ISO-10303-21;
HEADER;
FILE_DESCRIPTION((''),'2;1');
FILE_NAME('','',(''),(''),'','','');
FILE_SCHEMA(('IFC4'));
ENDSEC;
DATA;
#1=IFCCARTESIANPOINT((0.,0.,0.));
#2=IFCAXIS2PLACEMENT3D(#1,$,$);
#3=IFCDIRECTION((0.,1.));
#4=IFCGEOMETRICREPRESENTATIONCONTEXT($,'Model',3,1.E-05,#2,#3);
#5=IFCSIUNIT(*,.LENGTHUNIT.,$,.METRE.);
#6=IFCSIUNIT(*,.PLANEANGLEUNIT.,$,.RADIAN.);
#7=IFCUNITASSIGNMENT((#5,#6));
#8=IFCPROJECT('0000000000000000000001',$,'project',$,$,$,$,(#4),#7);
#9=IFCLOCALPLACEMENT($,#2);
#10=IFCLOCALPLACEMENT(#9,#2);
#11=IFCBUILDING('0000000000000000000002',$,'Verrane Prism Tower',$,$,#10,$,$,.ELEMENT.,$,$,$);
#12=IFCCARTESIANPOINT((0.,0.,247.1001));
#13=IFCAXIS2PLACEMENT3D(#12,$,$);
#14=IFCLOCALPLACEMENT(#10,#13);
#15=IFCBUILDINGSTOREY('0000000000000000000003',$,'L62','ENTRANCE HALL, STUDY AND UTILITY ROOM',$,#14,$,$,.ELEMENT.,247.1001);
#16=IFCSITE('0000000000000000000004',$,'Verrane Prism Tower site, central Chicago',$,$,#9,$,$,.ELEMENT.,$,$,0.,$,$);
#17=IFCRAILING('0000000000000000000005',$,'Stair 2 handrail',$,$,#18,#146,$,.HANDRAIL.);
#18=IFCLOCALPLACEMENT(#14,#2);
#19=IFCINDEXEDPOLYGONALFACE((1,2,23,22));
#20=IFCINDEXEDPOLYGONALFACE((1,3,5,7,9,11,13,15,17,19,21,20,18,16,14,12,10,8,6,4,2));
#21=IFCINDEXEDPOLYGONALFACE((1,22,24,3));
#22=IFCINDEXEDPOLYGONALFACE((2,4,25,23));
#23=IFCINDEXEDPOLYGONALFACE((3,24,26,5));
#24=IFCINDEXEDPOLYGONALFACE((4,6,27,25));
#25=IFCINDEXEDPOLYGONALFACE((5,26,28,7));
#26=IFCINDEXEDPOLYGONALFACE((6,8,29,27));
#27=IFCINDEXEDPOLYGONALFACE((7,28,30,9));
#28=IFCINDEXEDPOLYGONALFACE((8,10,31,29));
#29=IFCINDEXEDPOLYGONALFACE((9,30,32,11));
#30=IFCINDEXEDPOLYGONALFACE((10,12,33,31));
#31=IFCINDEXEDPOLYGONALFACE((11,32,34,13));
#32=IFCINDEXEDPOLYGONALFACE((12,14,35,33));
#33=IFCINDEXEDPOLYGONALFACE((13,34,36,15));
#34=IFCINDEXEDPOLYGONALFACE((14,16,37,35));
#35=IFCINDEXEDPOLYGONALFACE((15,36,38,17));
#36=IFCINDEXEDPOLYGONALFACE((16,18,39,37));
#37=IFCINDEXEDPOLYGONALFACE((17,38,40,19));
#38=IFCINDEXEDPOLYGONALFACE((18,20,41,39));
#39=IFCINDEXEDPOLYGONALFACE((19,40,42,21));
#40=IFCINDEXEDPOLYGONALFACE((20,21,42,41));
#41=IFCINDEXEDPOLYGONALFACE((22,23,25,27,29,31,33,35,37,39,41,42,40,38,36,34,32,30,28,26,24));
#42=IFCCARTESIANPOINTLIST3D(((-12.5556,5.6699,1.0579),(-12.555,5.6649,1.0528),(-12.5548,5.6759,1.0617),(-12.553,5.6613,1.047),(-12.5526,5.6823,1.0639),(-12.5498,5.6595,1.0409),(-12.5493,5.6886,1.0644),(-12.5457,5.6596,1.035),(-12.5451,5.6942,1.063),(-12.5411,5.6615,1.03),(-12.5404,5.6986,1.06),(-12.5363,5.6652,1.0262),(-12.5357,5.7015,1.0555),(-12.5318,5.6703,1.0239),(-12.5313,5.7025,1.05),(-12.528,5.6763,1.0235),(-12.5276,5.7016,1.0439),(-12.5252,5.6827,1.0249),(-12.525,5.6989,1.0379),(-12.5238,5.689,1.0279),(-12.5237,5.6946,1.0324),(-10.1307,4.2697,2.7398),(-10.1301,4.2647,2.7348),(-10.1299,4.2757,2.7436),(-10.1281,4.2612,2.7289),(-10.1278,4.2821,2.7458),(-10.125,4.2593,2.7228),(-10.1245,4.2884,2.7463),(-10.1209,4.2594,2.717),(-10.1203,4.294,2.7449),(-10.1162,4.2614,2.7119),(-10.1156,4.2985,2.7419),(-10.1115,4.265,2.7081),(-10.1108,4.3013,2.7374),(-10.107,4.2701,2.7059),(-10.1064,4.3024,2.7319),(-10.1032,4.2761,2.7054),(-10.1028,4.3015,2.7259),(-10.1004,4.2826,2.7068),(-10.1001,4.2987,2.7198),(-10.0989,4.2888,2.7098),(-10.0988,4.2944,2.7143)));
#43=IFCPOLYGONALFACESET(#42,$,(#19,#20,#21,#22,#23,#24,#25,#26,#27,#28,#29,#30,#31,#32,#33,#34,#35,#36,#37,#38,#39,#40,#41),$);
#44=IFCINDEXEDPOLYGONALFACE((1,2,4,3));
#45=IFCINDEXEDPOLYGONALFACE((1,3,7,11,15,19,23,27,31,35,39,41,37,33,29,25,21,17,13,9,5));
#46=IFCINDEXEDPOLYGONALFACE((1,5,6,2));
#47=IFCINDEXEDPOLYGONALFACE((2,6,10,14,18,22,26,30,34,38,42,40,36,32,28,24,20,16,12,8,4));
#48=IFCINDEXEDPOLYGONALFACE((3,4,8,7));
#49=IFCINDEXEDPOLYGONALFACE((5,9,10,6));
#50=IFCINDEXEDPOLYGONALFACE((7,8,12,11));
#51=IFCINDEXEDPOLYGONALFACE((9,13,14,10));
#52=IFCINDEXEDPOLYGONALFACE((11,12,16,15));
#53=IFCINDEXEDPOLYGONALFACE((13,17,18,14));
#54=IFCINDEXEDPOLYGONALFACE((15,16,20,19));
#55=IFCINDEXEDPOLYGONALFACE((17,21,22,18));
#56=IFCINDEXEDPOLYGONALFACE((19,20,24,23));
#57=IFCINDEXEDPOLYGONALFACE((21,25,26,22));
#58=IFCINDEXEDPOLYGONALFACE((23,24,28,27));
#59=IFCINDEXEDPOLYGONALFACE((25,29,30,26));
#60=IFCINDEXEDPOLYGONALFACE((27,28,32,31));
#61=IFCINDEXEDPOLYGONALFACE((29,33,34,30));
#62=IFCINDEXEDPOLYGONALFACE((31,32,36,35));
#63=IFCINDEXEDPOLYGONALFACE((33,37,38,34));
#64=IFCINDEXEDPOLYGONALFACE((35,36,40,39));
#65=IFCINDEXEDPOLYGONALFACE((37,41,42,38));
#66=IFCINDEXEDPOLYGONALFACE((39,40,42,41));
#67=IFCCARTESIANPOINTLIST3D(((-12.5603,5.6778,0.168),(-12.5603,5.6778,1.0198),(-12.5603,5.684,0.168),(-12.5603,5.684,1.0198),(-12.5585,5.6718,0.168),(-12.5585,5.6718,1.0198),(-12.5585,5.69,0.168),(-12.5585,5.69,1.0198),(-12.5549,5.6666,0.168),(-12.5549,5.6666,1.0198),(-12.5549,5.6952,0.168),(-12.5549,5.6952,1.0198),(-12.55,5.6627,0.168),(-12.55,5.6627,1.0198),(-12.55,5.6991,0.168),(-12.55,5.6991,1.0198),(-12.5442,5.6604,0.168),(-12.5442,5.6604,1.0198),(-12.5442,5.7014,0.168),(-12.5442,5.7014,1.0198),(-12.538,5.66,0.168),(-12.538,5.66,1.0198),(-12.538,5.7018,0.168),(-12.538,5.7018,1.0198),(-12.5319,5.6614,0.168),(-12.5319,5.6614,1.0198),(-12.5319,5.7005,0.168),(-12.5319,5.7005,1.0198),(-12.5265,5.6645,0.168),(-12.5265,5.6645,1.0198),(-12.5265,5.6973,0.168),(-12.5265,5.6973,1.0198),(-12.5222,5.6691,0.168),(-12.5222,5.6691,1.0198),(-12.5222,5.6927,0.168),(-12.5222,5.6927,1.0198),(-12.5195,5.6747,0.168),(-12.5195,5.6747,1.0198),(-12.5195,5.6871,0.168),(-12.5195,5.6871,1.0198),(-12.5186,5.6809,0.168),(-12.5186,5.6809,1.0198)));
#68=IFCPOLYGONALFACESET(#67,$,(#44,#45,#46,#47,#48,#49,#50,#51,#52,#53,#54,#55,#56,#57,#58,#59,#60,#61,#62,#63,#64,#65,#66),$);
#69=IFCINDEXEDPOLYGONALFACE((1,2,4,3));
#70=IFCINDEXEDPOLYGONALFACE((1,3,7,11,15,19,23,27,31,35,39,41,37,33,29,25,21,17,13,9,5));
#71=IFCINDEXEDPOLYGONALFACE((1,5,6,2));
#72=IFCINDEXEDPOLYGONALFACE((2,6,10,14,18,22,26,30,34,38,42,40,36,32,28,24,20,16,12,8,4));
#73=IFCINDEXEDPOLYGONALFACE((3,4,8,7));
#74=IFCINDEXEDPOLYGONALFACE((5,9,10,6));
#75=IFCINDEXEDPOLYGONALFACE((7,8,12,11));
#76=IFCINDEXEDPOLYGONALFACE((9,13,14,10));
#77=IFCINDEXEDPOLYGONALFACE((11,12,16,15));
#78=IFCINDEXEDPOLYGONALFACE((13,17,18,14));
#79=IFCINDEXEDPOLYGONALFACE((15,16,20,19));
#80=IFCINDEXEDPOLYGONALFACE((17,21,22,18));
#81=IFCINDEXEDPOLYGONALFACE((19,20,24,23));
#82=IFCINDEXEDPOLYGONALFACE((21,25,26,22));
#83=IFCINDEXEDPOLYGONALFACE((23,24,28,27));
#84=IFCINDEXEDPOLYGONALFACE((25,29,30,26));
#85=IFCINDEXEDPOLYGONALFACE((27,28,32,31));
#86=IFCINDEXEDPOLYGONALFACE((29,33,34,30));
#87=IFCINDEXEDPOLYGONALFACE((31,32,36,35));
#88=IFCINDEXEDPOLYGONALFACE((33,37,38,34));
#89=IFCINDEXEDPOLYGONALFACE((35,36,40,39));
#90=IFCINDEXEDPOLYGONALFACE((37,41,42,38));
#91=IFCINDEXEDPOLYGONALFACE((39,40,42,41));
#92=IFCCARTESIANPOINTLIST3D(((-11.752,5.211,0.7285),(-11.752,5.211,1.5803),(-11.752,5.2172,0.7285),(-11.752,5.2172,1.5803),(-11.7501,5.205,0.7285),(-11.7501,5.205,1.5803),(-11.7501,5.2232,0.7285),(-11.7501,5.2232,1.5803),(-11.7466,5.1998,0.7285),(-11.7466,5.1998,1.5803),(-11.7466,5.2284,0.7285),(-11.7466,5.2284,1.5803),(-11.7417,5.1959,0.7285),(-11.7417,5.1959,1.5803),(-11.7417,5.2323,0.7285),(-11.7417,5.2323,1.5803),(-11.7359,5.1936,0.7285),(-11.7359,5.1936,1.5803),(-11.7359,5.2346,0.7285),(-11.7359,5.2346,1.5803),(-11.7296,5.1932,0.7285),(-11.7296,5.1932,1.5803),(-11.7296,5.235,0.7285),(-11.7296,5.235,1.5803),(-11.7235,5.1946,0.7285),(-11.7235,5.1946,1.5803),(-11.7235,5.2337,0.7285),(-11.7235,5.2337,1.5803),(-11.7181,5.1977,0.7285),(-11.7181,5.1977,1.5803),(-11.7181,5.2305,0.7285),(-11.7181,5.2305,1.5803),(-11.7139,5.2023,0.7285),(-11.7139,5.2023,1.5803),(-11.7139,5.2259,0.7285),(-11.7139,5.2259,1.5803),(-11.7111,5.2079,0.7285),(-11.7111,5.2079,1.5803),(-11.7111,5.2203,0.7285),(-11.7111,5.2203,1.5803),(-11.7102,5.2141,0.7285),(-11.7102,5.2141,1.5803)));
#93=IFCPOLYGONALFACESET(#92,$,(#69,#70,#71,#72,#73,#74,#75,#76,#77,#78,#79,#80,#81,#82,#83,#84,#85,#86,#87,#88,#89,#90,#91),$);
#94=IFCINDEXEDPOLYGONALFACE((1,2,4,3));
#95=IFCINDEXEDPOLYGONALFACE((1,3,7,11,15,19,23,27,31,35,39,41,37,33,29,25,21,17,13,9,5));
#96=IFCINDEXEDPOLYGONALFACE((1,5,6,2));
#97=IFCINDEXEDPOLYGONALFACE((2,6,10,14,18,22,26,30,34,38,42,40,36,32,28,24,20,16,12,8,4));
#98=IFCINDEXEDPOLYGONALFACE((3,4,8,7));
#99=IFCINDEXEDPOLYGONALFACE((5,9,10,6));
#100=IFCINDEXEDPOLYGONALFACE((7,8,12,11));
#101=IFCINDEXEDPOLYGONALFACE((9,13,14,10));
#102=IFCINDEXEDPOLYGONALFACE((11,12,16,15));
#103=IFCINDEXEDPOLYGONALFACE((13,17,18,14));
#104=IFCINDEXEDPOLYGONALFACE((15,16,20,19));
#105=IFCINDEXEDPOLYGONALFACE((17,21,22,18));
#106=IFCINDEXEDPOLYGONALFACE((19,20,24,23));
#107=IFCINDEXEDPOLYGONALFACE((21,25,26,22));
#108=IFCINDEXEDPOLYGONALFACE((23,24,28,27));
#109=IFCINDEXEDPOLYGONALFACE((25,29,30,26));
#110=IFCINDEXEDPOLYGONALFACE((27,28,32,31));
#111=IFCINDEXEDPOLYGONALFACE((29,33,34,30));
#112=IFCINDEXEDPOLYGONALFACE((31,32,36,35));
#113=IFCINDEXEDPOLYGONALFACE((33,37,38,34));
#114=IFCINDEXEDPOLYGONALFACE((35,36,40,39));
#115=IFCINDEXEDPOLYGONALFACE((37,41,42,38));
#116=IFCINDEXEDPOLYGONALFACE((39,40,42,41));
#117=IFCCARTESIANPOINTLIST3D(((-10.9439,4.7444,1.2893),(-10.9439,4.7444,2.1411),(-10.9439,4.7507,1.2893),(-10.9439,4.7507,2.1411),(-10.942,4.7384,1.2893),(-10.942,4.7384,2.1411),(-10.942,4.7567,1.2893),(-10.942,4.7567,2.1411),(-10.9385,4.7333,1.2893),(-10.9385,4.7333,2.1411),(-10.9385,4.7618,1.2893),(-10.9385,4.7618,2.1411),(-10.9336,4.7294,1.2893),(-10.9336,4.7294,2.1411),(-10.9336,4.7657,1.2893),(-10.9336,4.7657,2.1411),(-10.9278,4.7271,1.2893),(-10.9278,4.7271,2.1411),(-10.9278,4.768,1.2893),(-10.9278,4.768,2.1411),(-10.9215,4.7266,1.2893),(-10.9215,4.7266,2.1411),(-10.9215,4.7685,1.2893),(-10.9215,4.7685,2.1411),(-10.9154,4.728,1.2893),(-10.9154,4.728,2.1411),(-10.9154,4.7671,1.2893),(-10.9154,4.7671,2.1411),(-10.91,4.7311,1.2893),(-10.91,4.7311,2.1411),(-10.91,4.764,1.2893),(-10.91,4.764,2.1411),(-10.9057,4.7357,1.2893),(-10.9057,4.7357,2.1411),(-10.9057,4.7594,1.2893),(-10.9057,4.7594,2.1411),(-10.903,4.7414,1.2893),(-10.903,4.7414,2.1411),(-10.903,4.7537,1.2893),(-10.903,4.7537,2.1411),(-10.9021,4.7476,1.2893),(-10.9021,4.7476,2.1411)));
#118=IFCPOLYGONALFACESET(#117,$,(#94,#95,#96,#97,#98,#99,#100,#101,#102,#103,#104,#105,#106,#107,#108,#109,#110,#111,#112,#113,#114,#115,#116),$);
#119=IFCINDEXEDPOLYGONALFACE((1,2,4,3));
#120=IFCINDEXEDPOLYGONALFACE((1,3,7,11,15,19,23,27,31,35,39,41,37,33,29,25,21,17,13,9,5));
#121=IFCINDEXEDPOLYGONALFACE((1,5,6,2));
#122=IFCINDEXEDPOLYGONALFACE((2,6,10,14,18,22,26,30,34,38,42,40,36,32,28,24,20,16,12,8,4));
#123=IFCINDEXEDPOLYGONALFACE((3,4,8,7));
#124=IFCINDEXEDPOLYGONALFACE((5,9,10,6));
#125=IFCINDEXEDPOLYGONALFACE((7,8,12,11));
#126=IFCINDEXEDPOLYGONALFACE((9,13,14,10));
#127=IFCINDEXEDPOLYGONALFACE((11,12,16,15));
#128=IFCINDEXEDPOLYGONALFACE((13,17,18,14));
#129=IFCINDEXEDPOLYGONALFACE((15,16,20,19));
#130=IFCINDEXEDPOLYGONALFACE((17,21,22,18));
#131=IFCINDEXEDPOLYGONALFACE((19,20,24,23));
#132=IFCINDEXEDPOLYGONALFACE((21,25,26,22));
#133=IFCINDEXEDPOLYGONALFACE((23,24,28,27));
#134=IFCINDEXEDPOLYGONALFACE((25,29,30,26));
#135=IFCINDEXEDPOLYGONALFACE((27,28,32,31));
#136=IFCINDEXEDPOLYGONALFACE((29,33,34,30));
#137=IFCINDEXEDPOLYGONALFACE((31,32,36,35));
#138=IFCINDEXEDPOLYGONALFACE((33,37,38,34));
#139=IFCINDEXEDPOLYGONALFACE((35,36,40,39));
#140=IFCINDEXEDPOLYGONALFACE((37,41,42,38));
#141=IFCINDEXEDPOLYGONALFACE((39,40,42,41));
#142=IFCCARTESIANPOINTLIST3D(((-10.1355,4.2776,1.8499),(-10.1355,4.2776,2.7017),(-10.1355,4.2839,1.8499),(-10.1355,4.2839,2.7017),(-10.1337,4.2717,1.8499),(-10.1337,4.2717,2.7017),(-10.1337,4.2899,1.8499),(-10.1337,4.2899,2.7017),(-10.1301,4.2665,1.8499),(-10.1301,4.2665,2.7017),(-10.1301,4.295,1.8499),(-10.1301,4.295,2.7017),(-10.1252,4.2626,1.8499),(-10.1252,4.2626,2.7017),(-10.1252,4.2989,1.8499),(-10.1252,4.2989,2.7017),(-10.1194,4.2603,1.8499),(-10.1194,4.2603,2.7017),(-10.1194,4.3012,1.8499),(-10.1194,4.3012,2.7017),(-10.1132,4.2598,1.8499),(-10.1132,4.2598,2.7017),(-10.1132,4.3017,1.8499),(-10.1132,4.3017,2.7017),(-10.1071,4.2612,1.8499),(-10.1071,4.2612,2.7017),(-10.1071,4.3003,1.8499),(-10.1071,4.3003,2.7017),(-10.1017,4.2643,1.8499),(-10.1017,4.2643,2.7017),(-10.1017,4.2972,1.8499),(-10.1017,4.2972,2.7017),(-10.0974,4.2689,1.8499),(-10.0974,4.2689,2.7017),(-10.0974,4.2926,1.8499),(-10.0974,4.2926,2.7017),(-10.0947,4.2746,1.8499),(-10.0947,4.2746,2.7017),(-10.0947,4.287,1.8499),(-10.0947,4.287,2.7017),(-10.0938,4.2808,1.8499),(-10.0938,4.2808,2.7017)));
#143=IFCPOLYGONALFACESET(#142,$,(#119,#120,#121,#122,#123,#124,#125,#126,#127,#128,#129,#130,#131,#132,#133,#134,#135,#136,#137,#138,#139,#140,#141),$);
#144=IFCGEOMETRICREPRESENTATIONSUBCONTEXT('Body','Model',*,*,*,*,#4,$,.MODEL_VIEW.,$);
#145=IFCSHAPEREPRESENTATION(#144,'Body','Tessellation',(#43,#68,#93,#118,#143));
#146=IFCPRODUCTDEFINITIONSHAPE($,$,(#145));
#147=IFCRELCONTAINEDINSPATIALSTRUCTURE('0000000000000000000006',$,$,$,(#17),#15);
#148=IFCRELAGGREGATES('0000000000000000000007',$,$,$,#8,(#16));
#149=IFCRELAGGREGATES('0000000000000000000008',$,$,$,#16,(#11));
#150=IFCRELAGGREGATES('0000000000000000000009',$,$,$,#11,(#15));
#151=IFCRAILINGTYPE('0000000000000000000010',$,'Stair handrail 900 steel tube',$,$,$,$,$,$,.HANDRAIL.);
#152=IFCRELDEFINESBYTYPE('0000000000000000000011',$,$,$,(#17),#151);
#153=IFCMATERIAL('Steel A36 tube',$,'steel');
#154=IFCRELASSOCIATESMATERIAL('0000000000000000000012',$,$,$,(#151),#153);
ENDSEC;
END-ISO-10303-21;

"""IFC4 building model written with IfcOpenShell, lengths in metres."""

from ifc_helpers import new_model, si_unit, direction, frame, origin, origin_2d, place, context, subcontext, project, spatial, circle, extrude, material, type_object, element, save


model = new_model("IFC4")

# Units and contexts
model_context = context("Model", 3, precision=1e-05, world=origin(), true_north=direction((0.0, 1.0)))
body_context = subcontext(model_context, "Body", "Model", "MODEL_VIEW")
ifc_project = project(units=[si_unit("LENGTHUNIT", "METRE"), si_unit("PLANEANGLEUNIT", "RADIAN")], contexts=[model_context])

# Site, building, storey
site_placement = place(None, origin())
site = spatial("IfcSite", under=ifc_project, at=site_placement, Name="Verrane Prism Tower site, central Chicago", CompositionType="ELEMENT", RefElevation=0.0)
building_placement = place(site_placement, origin())
building = spatial("IfcBuilding", under=site, at=building_placement, Name="Verrane Prism Tower", CompositionType="ELEMENT")
storey_placement = place(building_placement, frame((0.0, 0.0, 247.1001)))
storey = spatial("IfcBuildingStorey", under=building, at=storey_placement, Name="L62", Description="ENTRANCE HALL, STUDY AND UTILITY ROOM", CompositionType="ELEMENT", Elevation=247.1001)

# Railing
ifc_material_1 = material(Name="Steel A36 tube", Category="steel")
railing_type_1 = type_object("IfcRailingType", Name="Stair handrail 900 steel tube", PredefinedType="HANDRAIL", material=ifc_material_1)
railing_1_placement = place(storey_placement, frame((-12.5396, 5.6809, 0.168)))
element("IfcRailing", 1, at=railing_1_placement, inside=storey, type_object=railing_type_1, Name="Stair 2 handrail", PredefinedType="HANDRAIL", context=body_context, shape_type="SweptSolid", body=[
    extrude(circle(Radius=0.0239, at=origin_2d()), frame((0.0, 0.0, 0.876), z_axis=(0.742367, -0.428662, 0.514918), x_axis=(0.50005, 0.865997, 0.0)), (0.0, 0.0, 1.0), 3.2664),
    extrude(circle(Radius=0.021, at=origin_2d()), origin(), (0.0, 0.0, 1.0), 0.8518),
    extrude(circle(Radius=0.021, at=origin_2d()), frame((0.8083, -0.4668, 0.5605)), (0.0, 0.0, 1.0), 0.8518),
    extrude(circle(Radius=0.021, at=origin_2d()), frame((1.6165, -0.9333, 1.1213)), (0.0, 0.0, 1.0), 0.8518),
    extrude(circle(Radius=0.021, at=origin_2d()), frame((2.4248, -1.4001, 1.6819)), (0.0, 0.0, 1.0), 0.8518),
])

save(model, "model.ifc")
